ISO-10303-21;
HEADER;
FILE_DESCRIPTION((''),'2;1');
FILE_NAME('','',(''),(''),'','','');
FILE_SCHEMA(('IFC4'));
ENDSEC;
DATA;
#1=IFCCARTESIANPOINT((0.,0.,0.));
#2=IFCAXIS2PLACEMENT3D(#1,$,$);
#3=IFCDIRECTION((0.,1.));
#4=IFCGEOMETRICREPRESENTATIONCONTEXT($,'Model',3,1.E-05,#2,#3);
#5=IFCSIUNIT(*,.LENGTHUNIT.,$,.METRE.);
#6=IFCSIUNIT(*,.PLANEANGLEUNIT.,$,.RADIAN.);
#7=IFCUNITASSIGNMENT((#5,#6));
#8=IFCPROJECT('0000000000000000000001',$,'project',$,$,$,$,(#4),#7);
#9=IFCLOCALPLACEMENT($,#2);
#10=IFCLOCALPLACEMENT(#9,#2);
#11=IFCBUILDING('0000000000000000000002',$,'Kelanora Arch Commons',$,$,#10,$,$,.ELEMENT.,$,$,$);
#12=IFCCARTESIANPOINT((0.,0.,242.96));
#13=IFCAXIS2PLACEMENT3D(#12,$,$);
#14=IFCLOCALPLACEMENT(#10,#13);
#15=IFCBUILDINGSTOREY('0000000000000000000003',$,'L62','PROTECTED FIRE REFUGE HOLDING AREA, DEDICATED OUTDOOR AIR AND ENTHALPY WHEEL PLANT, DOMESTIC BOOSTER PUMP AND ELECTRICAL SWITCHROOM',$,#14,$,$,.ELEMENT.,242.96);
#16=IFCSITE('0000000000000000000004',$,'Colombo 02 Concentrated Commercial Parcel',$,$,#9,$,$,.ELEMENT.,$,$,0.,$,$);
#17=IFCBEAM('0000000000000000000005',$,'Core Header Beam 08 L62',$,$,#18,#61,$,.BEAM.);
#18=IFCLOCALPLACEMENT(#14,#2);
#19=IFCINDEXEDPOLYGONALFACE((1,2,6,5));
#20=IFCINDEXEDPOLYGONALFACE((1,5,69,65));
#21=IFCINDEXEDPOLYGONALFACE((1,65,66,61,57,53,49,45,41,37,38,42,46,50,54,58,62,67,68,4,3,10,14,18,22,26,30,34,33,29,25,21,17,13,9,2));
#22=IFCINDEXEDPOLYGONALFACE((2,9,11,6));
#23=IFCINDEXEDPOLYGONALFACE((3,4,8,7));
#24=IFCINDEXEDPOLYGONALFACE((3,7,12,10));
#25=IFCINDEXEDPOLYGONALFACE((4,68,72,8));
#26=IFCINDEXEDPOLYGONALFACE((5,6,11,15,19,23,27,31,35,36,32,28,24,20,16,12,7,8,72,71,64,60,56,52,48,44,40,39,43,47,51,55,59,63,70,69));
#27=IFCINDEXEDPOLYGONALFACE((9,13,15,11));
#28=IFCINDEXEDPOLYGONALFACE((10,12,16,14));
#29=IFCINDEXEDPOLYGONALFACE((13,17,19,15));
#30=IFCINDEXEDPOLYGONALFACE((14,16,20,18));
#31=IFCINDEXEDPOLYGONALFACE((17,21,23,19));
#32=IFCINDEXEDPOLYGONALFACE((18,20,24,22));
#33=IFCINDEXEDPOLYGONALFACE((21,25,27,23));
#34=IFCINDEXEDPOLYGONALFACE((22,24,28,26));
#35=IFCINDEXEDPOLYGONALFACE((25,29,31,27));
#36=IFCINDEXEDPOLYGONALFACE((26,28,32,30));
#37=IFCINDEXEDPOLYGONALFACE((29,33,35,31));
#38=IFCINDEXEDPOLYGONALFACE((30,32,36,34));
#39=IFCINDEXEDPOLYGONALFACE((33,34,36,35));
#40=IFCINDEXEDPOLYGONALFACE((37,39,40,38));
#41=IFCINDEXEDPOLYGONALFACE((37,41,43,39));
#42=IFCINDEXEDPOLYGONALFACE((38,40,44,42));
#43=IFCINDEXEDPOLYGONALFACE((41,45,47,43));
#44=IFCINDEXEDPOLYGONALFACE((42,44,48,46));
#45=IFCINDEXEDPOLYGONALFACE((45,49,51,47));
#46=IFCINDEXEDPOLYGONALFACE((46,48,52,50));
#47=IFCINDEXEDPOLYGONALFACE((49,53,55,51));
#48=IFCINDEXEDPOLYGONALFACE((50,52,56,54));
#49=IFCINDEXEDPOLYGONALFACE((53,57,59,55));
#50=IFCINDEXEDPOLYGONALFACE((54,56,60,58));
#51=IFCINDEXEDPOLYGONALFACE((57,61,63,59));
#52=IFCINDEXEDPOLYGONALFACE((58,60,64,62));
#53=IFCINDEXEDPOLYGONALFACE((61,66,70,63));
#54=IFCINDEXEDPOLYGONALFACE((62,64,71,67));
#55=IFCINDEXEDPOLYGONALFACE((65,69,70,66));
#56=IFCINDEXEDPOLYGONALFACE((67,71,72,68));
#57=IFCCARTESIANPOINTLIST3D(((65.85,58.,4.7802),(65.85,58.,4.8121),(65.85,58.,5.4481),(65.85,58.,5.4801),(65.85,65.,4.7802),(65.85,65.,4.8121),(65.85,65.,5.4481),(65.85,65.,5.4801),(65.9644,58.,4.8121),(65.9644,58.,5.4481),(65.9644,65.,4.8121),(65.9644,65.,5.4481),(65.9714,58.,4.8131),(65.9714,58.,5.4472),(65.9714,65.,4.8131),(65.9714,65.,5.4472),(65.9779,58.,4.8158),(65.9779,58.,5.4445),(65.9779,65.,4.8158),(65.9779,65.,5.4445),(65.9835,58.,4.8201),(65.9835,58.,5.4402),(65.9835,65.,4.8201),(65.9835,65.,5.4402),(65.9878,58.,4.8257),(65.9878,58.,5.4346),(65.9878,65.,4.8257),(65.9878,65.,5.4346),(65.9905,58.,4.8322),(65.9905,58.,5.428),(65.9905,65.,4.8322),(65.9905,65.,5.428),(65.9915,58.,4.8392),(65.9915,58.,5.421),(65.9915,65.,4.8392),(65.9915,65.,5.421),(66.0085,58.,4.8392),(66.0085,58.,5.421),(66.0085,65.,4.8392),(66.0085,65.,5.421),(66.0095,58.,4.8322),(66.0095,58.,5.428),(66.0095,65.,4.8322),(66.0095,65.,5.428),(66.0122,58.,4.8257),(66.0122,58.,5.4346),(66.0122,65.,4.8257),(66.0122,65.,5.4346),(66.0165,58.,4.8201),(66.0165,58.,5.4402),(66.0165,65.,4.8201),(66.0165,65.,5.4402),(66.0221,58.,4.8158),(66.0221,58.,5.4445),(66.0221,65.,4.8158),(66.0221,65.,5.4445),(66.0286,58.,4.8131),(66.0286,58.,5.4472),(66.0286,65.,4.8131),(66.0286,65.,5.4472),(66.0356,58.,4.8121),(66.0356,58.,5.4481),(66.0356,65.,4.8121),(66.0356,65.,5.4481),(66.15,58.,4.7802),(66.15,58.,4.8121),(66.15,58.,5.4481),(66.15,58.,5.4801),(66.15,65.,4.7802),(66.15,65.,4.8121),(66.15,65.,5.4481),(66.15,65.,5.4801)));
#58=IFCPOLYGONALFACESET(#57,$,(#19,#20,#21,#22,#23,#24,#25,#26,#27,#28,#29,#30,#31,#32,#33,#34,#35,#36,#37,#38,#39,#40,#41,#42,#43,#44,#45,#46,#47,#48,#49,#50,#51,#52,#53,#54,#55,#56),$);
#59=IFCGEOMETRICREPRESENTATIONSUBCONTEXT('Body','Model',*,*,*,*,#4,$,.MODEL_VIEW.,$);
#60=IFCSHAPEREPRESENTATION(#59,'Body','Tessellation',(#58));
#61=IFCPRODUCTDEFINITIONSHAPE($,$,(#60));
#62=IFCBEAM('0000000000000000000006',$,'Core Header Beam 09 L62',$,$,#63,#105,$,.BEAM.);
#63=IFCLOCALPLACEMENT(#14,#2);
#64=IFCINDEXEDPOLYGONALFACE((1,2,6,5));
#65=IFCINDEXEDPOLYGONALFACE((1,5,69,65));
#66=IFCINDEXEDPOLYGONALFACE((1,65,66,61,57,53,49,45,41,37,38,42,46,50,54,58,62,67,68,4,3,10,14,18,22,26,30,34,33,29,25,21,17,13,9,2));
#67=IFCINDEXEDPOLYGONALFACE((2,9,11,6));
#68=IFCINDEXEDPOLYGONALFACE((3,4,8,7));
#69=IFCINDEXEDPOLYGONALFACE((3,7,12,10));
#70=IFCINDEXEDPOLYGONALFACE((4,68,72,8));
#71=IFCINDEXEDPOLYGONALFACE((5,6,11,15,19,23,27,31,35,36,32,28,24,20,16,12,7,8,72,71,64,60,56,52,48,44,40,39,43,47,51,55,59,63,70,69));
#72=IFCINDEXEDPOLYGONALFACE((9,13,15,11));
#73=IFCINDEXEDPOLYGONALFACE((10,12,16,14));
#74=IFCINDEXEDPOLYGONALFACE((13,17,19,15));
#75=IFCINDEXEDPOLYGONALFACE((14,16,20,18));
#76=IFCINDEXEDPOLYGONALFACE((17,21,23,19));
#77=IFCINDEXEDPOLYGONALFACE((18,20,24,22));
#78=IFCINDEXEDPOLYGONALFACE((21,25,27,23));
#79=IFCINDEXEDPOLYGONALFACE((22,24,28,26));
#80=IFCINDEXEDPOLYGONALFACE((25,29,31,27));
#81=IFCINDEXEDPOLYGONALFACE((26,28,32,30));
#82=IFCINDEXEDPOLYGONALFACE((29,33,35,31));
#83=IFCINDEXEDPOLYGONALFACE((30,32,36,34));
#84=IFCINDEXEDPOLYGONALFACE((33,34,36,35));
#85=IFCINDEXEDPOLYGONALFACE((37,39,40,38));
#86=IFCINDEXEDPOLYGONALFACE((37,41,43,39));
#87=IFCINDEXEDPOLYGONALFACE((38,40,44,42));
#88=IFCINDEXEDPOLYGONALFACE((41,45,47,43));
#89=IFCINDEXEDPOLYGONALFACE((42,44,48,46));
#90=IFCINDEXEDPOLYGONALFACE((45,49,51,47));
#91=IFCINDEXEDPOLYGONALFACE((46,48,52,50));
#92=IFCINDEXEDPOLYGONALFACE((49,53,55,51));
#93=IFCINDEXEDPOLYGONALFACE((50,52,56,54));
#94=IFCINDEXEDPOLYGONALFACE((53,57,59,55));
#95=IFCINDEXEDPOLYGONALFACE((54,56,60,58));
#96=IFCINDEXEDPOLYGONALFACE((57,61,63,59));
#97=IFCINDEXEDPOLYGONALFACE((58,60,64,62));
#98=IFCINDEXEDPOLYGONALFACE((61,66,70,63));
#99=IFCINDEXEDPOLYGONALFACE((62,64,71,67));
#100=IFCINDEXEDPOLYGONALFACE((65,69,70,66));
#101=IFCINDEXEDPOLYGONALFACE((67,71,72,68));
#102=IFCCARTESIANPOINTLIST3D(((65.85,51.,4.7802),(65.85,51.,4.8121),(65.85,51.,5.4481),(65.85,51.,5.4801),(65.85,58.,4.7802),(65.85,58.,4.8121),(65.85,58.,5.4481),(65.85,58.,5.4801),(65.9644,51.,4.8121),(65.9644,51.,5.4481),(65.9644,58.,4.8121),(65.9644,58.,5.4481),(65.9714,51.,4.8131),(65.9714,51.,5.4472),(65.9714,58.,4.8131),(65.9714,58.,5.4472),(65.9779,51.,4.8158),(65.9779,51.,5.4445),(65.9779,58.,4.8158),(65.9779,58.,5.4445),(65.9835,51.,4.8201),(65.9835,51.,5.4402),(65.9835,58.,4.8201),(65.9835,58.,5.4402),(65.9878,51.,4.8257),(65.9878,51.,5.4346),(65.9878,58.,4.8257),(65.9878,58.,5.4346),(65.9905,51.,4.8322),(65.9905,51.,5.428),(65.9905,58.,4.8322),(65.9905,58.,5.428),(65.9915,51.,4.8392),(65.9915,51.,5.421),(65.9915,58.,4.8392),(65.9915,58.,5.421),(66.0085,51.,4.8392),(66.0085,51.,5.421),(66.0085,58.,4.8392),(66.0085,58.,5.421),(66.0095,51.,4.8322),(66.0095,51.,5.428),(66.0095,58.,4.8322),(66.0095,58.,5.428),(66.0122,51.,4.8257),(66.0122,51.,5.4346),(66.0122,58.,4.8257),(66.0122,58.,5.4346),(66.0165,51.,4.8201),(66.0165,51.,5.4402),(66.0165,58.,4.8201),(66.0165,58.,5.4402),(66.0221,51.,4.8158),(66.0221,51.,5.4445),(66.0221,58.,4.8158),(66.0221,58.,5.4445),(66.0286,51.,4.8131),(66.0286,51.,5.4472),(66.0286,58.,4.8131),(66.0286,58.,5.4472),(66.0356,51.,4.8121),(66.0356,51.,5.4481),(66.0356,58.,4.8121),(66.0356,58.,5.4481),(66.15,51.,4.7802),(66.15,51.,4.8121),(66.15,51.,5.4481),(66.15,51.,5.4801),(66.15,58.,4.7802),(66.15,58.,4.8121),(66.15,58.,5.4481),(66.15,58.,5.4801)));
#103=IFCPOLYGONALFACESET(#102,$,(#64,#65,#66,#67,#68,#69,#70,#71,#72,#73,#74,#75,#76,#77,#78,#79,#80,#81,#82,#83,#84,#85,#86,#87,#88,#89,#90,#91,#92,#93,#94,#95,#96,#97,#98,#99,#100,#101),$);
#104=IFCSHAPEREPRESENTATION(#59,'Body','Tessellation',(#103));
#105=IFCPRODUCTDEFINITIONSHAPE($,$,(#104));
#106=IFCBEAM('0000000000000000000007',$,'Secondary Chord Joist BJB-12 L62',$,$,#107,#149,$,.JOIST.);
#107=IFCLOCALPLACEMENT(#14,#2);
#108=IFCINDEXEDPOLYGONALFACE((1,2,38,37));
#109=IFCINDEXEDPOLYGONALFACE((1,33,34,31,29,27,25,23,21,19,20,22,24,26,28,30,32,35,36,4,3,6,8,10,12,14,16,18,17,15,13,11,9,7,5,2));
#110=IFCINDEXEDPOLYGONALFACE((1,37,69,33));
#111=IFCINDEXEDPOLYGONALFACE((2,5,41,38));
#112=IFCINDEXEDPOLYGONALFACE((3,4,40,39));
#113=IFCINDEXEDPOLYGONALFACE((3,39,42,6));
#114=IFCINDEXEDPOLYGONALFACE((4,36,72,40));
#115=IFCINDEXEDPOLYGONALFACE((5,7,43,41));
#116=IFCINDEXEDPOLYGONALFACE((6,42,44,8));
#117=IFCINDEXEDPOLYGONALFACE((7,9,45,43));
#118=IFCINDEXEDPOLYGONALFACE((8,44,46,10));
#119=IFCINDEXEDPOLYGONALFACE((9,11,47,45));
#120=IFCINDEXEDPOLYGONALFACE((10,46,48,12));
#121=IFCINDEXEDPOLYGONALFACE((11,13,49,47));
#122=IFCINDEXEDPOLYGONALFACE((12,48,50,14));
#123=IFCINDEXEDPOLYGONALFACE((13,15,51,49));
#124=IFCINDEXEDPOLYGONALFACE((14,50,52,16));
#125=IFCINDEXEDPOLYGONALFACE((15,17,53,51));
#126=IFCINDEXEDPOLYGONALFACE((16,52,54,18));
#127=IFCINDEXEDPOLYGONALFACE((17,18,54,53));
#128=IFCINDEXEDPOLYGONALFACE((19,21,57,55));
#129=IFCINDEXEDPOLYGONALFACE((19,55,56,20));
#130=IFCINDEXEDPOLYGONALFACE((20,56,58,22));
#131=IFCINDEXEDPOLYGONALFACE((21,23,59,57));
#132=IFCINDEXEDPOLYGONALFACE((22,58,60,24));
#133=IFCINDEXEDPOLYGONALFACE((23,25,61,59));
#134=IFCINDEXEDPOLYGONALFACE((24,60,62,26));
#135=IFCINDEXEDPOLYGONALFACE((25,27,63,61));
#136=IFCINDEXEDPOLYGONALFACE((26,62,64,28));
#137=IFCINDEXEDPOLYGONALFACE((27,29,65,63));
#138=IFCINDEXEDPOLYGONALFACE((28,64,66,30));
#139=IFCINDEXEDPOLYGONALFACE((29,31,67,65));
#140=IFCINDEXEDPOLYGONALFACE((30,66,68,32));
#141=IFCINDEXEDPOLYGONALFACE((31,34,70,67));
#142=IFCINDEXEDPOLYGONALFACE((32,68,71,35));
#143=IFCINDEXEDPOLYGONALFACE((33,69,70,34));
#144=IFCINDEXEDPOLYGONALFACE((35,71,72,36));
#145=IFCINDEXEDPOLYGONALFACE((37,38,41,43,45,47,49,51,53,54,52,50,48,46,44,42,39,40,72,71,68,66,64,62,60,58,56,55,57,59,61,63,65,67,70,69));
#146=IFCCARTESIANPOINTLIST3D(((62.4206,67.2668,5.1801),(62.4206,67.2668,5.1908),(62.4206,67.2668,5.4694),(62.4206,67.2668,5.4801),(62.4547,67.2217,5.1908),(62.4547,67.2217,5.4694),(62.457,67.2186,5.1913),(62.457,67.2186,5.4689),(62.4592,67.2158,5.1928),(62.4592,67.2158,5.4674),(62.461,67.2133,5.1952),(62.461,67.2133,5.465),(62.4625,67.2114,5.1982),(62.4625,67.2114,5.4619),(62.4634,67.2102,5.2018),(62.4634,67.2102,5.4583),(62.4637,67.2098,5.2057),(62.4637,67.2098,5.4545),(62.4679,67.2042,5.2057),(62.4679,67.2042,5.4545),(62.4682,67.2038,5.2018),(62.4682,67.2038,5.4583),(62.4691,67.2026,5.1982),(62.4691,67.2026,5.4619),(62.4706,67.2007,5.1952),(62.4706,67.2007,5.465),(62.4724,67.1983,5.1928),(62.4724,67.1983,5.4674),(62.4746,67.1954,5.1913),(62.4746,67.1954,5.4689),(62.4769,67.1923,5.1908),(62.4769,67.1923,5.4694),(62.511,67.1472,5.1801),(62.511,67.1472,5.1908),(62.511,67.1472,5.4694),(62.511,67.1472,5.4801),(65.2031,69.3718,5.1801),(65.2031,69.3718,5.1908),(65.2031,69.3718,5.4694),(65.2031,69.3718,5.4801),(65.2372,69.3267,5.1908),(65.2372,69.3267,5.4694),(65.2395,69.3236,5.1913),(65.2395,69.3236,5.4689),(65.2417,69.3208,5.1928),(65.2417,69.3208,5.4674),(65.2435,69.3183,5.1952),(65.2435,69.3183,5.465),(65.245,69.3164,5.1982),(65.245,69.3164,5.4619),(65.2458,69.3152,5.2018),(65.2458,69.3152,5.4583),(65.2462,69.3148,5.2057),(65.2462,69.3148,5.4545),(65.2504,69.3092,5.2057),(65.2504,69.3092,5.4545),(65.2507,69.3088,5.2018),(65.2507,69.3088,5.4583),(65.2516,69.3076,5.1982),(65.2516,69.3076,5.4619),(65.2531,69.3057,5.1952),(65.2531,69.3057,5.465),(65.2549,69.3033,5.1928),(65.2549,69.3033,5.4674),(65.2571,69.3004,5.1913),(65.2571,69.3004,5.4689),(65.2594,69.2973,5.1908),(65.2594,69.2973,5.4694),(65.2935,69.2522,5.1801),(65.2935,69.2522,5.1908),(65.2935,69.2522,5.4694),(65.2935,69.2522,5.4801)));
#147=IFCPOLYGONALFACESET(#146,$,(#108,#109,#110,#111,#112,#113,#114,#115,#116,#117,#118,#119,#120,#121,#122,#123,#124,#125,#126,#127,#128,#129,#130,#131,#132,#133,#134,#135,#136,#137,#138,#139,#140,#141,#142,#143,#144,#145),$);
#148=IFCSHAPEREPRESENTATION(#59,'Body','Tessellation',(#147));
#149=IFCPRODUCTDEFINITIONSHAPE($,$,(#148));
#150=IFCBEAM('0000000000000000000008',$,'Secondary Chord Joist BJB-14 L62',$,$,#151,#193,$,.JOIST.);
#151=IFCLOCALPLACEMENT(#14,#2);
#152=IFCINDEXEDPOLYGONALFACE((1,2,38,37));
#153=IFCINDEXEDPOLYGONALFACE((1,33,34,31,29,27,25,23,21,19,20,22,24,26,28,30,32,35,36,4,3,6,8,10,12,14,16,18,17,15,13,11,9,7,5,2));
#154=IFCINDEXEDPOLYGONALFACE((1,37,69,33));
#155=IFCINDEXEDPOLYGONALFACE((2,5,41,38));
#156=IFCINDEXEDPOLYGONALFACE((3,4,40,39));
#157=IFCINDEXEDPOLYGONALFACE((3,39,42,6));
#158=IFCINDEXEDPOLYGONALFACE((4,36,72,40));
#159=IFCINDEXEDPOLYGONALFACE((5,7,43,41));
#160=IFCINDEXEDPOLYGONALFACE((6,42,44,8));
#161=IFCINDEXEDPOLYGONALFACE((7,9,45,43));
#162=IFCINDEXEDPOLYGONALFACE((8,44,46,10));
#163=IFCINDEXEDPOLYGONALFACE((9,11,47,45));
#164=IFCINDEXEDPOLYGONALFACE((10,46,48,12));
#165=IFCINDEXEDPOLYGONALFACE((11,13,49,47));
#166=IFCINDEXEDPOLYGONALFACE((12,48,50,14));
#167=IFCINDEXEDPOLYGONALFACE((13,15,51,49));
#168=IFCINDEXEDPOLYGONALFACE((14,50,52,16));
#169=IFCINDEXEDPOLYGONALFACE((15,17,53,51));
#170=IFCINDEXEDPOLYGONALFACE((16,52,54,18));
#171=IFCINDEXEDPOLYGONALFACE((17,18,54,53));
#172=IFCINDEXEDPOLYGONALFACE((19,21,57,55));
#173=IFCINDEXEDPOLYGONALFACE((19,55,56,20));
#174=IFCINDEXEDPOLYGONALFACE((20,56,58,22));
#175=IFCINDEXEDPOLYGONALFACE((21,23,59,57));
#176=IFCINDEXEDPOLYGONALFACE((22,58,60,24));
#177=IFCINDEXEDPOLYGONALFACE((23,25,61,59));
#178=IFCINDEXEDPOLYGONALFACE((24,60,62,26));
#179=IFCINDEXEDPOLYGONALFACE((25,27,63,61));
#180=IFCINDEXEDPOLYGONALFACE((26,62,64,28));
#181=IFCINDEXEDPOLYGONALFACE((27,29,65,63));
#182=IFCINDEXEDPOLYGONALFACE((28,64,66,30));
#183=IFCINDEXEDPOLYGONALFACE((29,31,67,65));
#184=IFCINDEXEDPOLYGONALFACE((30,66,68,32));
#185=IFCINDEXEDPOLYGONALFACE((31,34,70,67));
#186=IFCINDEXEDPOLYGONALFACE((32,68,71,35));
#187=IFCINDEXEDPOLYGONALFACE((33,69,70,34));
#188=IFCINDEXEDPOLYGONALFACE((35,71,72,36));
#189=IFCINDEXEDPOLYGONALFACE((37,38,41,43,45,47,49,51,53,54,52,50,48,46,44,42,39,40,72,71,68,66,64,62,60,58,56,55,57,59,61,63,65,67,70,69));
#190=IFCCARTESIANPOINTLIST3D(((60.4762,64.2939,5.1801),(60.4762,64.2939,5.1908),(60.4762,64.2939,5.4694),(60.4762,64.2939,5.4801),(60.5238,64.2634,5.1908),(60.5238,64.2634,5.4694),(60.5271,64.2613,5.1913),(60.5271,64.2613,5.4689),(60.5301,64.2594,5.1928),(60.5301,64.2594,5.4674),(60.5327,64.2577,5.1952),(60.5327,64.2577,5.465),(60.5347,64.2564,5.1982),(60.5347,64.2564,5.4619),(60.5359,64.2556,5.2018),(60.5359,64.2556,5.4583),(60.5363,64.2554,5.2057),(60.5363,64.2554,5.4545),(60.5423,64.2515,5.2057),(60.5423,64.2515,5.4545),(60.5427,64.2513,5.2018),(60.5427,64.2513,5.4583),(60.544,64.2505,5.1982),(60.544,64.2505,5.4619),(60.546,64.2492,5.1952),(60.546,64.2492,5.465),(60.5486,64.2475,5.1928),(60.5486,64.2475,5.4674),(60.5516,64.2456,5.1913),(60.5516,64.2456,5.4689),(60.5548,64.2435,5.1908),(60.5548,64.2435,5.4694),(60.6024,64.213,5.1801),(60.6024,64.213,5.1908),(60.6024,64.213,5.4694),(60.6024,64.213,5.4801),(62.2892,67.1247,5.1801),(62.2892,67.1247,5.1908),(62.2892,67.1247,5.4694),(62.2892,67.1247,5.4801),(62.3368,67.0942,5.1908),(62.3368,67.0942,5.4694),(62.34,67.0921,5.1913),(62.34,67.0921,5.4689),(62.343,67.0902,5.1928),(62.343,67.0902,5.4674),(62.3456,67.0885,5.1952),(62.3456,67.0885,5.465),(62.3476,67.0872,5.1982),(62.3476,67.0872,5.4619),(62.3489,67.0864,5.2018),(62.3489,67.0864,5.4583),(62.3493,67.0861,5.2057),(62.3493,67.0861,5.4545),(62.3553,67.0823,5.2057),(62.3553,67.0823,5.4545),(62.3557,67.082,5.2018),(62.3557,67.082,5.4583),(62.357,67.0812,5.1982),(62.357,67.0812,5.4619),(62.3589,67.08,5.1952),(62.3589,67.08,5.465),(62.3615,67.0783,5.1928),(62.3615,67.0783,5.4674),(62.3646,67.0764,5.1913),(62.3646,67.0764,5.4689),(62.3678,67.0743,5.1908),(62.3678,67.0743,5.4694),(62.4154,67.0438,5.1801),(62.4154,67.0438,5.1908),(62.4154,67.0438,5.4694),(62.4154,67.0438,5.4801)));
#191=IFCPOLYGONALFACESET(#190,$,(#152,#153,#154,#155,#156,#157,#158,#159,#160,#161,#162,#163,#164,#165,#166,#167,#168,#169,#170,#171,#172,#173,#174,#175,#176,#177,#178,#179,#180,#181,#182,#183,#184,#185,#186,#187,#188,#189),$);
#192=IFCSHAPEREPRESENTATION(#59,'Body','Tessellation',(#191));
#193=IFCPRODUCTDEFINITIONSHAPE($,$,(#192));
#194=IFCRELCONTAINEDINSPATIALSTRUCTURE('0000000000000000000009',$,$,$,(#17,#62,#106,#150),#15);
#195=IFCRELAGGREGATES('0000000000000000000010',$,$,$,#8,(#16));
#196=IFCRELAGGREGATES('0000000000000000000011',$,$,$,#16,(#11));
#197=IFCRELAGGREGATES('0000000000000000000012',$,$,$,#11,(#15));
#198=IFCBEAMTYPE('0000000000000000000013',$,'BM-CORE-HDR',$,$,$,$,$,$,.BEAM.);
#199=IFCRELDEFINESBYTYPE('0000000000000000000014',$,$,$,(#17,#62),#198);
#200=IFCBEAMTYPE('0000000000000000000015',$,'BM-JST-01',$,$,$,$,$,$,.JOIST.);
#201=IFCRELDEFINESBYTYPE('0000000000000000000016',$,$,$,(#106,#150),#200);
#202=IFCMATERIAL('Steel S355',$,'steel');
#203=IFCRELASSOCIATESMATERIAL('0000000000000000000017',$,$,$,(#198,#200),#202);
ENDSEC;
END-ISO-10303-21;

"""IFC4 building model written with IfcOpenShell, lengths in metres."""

from ifc_helpers import new_model, si_unit, direction, frame, origin, origin_2d, place, context, subcontext, project, spatial, i_section, extrude, material, material_profile, profile_set, type_object, element, save


model = new_model("IFC4")

# Units and contexts
model_context = context("Model", 3, precision=1e-05, world=origin(), true_north=direction((0.0, 1.0)))
body_context = subcontext(model_context, "Body", "Model", "MODEL_VIEW")
ifc_project = project(units=[si_unit("LENGTHUNIT", "METRE"), si_unit("PLANEANGLEUNIT", "RADIAN")], contexts=[model_context])

# Site, building, storey
site_placement = place(None, origin())
site = spatial("IfcSite", under=ifc_project, at=site_placement, Name="Colombo 02 Concentrated Commercial Parcel", CompositionType="ELEMENT", RefElevation=0.0)
building_placement = place(site_placement, origin())
building = spatial("IfcBuilding", under=site, at=building_placement, Name="Kelanora Arch Commons", CompositionType="ELEMENT")
storey_placement = place(building_placement, frame((0.0, 0.0, 242.96)))
storey = spatial("IfcBuildingStorey", under=building, at=storey_placement, Name="L62", Description="PROTECTED FIRE REFUGE HOLDING AREA, DEDICATED OUTDOOR AIR AND ENTHALPY WHEEL PLANT, DOMESTIC BOOSTER PUMP AND ELECTRICAL SWITCHROOM", CompositionType="ELEMENT", Elevation=242.96)

# Beams
ifc_material_1 = material(Name="Steel S355", Category="steel")
ifc_material_profile_1 = material_profile(ifc_material_1, i_section(OverallWidth=0.3, OverallDepth=0.7, WebThickness=0.0171, FlangeThickness=0.032, FilletRadius=0.0271, at=origin_2d()), Name="HEB700")
ifc_profile_set_1 = profile_set([ifc_material_profile_1], Name="Steel S355")
beam_type_1 = type_object("IfcBeamType", Name="BM-CORE-HDR", PredefinedType="BEAM", material=ifc_profile_set_1)
for number, where, z_axis, x_axis, name in (
    (1, (66.0, 65.0, 5.1301), (0.0, -1.0, 0.0), (1.0, 0.0, 0.0), "Core Header Beam 08 L62"),
    (2, (66.0, 58.0, 5.1301), (0.0, -1.0, 0.0), (1.0, 0.0, 0.0), "Core Header Beam 09 L62"),
):
    element("IfcBeam", number, at=place(storey_placement, frame(where, z_axis=z_axis, x_axis=x_axis)), inside=storey, type_object=beam_type_1, Name=name, PredefinedType="BEAM", context=body_context, shape_type="SweptSolid", body=[
        extrude(i_section(OverallWidth=0.3, OverallDepth=0.7, WebThickness=0.0171, FlangeThickness=0.032, FilletRadius=0.0271, at=origin_2d()), origin(), (0.0, 0.0, 1.0), 7.0),
    ])
ifc_material_profile_2 = material_profile(ifc_material_1, i_section(OverallWidth=0.1499, OverallDepth=0.3, WebThickness=0.0071, FlangeThickness=0.0107, FilletRadius=0.0149, at=origin_2d()), Name="IPE300")
ifc_profile_set_2 = profile_set([ifc_material_profile_2], Name="Steel S355")
beam_type_2 = type_object("IfcBeamType", Name="BM-JST-01", PredefinedType="JOIST", material=ifc_profile_set_2)
beam_1_placement = place(storey_placement, frame((65.2483, 69.312, 5.3301), z_axis=(-0.797499, -0.60332, 0.0), x_axis=(0.60332, -0.797499, 0.0)))
element("IfcBeam", 3, at=beam_1_placement, inside=storey, type_object=beam_type_2, Name="Secondary Chord Joist BJB-12 L62", PredefinedType="JOIST", context=body_context, shape_type="SweptSolid", body=[
    extrude(i_section(OverallWidth=0.1499, OverallDepth=0.3, WebThickness=0.0071, FlangeThickness=0.0107, FilletRadius=0.0149, at=origin_2d()), origin(), (0.0, 0.0, 1.0), 3.489),
])
beam_2_placement = place(storey_placement, frame((62.3523, 67.0842, 5.3301), z_axis=(-0.539322, -0.8421, 0.0), x_axis=(0.8421, -0.539322, 0.0)))
element("IfcBeam", 4, at=beam_2_placement, inside=storey, type_object=beam_type_2, Name="Secondary Chord Joist BJB-14 L62", PredefinedType="JOIST", context=body_context, shape_type="SweptSolid", body=[
    extrude(i_section(OverallWidth=0.1499, OverallDepth=0.3, WebThickness=0.0071, FlangeThickness=0.0107, FilletRadius=0.0149, at=origin_2d()), origin(), (0.0, 0.0, 1.0), 3.3616),
])

save(model, "model.ifc")
